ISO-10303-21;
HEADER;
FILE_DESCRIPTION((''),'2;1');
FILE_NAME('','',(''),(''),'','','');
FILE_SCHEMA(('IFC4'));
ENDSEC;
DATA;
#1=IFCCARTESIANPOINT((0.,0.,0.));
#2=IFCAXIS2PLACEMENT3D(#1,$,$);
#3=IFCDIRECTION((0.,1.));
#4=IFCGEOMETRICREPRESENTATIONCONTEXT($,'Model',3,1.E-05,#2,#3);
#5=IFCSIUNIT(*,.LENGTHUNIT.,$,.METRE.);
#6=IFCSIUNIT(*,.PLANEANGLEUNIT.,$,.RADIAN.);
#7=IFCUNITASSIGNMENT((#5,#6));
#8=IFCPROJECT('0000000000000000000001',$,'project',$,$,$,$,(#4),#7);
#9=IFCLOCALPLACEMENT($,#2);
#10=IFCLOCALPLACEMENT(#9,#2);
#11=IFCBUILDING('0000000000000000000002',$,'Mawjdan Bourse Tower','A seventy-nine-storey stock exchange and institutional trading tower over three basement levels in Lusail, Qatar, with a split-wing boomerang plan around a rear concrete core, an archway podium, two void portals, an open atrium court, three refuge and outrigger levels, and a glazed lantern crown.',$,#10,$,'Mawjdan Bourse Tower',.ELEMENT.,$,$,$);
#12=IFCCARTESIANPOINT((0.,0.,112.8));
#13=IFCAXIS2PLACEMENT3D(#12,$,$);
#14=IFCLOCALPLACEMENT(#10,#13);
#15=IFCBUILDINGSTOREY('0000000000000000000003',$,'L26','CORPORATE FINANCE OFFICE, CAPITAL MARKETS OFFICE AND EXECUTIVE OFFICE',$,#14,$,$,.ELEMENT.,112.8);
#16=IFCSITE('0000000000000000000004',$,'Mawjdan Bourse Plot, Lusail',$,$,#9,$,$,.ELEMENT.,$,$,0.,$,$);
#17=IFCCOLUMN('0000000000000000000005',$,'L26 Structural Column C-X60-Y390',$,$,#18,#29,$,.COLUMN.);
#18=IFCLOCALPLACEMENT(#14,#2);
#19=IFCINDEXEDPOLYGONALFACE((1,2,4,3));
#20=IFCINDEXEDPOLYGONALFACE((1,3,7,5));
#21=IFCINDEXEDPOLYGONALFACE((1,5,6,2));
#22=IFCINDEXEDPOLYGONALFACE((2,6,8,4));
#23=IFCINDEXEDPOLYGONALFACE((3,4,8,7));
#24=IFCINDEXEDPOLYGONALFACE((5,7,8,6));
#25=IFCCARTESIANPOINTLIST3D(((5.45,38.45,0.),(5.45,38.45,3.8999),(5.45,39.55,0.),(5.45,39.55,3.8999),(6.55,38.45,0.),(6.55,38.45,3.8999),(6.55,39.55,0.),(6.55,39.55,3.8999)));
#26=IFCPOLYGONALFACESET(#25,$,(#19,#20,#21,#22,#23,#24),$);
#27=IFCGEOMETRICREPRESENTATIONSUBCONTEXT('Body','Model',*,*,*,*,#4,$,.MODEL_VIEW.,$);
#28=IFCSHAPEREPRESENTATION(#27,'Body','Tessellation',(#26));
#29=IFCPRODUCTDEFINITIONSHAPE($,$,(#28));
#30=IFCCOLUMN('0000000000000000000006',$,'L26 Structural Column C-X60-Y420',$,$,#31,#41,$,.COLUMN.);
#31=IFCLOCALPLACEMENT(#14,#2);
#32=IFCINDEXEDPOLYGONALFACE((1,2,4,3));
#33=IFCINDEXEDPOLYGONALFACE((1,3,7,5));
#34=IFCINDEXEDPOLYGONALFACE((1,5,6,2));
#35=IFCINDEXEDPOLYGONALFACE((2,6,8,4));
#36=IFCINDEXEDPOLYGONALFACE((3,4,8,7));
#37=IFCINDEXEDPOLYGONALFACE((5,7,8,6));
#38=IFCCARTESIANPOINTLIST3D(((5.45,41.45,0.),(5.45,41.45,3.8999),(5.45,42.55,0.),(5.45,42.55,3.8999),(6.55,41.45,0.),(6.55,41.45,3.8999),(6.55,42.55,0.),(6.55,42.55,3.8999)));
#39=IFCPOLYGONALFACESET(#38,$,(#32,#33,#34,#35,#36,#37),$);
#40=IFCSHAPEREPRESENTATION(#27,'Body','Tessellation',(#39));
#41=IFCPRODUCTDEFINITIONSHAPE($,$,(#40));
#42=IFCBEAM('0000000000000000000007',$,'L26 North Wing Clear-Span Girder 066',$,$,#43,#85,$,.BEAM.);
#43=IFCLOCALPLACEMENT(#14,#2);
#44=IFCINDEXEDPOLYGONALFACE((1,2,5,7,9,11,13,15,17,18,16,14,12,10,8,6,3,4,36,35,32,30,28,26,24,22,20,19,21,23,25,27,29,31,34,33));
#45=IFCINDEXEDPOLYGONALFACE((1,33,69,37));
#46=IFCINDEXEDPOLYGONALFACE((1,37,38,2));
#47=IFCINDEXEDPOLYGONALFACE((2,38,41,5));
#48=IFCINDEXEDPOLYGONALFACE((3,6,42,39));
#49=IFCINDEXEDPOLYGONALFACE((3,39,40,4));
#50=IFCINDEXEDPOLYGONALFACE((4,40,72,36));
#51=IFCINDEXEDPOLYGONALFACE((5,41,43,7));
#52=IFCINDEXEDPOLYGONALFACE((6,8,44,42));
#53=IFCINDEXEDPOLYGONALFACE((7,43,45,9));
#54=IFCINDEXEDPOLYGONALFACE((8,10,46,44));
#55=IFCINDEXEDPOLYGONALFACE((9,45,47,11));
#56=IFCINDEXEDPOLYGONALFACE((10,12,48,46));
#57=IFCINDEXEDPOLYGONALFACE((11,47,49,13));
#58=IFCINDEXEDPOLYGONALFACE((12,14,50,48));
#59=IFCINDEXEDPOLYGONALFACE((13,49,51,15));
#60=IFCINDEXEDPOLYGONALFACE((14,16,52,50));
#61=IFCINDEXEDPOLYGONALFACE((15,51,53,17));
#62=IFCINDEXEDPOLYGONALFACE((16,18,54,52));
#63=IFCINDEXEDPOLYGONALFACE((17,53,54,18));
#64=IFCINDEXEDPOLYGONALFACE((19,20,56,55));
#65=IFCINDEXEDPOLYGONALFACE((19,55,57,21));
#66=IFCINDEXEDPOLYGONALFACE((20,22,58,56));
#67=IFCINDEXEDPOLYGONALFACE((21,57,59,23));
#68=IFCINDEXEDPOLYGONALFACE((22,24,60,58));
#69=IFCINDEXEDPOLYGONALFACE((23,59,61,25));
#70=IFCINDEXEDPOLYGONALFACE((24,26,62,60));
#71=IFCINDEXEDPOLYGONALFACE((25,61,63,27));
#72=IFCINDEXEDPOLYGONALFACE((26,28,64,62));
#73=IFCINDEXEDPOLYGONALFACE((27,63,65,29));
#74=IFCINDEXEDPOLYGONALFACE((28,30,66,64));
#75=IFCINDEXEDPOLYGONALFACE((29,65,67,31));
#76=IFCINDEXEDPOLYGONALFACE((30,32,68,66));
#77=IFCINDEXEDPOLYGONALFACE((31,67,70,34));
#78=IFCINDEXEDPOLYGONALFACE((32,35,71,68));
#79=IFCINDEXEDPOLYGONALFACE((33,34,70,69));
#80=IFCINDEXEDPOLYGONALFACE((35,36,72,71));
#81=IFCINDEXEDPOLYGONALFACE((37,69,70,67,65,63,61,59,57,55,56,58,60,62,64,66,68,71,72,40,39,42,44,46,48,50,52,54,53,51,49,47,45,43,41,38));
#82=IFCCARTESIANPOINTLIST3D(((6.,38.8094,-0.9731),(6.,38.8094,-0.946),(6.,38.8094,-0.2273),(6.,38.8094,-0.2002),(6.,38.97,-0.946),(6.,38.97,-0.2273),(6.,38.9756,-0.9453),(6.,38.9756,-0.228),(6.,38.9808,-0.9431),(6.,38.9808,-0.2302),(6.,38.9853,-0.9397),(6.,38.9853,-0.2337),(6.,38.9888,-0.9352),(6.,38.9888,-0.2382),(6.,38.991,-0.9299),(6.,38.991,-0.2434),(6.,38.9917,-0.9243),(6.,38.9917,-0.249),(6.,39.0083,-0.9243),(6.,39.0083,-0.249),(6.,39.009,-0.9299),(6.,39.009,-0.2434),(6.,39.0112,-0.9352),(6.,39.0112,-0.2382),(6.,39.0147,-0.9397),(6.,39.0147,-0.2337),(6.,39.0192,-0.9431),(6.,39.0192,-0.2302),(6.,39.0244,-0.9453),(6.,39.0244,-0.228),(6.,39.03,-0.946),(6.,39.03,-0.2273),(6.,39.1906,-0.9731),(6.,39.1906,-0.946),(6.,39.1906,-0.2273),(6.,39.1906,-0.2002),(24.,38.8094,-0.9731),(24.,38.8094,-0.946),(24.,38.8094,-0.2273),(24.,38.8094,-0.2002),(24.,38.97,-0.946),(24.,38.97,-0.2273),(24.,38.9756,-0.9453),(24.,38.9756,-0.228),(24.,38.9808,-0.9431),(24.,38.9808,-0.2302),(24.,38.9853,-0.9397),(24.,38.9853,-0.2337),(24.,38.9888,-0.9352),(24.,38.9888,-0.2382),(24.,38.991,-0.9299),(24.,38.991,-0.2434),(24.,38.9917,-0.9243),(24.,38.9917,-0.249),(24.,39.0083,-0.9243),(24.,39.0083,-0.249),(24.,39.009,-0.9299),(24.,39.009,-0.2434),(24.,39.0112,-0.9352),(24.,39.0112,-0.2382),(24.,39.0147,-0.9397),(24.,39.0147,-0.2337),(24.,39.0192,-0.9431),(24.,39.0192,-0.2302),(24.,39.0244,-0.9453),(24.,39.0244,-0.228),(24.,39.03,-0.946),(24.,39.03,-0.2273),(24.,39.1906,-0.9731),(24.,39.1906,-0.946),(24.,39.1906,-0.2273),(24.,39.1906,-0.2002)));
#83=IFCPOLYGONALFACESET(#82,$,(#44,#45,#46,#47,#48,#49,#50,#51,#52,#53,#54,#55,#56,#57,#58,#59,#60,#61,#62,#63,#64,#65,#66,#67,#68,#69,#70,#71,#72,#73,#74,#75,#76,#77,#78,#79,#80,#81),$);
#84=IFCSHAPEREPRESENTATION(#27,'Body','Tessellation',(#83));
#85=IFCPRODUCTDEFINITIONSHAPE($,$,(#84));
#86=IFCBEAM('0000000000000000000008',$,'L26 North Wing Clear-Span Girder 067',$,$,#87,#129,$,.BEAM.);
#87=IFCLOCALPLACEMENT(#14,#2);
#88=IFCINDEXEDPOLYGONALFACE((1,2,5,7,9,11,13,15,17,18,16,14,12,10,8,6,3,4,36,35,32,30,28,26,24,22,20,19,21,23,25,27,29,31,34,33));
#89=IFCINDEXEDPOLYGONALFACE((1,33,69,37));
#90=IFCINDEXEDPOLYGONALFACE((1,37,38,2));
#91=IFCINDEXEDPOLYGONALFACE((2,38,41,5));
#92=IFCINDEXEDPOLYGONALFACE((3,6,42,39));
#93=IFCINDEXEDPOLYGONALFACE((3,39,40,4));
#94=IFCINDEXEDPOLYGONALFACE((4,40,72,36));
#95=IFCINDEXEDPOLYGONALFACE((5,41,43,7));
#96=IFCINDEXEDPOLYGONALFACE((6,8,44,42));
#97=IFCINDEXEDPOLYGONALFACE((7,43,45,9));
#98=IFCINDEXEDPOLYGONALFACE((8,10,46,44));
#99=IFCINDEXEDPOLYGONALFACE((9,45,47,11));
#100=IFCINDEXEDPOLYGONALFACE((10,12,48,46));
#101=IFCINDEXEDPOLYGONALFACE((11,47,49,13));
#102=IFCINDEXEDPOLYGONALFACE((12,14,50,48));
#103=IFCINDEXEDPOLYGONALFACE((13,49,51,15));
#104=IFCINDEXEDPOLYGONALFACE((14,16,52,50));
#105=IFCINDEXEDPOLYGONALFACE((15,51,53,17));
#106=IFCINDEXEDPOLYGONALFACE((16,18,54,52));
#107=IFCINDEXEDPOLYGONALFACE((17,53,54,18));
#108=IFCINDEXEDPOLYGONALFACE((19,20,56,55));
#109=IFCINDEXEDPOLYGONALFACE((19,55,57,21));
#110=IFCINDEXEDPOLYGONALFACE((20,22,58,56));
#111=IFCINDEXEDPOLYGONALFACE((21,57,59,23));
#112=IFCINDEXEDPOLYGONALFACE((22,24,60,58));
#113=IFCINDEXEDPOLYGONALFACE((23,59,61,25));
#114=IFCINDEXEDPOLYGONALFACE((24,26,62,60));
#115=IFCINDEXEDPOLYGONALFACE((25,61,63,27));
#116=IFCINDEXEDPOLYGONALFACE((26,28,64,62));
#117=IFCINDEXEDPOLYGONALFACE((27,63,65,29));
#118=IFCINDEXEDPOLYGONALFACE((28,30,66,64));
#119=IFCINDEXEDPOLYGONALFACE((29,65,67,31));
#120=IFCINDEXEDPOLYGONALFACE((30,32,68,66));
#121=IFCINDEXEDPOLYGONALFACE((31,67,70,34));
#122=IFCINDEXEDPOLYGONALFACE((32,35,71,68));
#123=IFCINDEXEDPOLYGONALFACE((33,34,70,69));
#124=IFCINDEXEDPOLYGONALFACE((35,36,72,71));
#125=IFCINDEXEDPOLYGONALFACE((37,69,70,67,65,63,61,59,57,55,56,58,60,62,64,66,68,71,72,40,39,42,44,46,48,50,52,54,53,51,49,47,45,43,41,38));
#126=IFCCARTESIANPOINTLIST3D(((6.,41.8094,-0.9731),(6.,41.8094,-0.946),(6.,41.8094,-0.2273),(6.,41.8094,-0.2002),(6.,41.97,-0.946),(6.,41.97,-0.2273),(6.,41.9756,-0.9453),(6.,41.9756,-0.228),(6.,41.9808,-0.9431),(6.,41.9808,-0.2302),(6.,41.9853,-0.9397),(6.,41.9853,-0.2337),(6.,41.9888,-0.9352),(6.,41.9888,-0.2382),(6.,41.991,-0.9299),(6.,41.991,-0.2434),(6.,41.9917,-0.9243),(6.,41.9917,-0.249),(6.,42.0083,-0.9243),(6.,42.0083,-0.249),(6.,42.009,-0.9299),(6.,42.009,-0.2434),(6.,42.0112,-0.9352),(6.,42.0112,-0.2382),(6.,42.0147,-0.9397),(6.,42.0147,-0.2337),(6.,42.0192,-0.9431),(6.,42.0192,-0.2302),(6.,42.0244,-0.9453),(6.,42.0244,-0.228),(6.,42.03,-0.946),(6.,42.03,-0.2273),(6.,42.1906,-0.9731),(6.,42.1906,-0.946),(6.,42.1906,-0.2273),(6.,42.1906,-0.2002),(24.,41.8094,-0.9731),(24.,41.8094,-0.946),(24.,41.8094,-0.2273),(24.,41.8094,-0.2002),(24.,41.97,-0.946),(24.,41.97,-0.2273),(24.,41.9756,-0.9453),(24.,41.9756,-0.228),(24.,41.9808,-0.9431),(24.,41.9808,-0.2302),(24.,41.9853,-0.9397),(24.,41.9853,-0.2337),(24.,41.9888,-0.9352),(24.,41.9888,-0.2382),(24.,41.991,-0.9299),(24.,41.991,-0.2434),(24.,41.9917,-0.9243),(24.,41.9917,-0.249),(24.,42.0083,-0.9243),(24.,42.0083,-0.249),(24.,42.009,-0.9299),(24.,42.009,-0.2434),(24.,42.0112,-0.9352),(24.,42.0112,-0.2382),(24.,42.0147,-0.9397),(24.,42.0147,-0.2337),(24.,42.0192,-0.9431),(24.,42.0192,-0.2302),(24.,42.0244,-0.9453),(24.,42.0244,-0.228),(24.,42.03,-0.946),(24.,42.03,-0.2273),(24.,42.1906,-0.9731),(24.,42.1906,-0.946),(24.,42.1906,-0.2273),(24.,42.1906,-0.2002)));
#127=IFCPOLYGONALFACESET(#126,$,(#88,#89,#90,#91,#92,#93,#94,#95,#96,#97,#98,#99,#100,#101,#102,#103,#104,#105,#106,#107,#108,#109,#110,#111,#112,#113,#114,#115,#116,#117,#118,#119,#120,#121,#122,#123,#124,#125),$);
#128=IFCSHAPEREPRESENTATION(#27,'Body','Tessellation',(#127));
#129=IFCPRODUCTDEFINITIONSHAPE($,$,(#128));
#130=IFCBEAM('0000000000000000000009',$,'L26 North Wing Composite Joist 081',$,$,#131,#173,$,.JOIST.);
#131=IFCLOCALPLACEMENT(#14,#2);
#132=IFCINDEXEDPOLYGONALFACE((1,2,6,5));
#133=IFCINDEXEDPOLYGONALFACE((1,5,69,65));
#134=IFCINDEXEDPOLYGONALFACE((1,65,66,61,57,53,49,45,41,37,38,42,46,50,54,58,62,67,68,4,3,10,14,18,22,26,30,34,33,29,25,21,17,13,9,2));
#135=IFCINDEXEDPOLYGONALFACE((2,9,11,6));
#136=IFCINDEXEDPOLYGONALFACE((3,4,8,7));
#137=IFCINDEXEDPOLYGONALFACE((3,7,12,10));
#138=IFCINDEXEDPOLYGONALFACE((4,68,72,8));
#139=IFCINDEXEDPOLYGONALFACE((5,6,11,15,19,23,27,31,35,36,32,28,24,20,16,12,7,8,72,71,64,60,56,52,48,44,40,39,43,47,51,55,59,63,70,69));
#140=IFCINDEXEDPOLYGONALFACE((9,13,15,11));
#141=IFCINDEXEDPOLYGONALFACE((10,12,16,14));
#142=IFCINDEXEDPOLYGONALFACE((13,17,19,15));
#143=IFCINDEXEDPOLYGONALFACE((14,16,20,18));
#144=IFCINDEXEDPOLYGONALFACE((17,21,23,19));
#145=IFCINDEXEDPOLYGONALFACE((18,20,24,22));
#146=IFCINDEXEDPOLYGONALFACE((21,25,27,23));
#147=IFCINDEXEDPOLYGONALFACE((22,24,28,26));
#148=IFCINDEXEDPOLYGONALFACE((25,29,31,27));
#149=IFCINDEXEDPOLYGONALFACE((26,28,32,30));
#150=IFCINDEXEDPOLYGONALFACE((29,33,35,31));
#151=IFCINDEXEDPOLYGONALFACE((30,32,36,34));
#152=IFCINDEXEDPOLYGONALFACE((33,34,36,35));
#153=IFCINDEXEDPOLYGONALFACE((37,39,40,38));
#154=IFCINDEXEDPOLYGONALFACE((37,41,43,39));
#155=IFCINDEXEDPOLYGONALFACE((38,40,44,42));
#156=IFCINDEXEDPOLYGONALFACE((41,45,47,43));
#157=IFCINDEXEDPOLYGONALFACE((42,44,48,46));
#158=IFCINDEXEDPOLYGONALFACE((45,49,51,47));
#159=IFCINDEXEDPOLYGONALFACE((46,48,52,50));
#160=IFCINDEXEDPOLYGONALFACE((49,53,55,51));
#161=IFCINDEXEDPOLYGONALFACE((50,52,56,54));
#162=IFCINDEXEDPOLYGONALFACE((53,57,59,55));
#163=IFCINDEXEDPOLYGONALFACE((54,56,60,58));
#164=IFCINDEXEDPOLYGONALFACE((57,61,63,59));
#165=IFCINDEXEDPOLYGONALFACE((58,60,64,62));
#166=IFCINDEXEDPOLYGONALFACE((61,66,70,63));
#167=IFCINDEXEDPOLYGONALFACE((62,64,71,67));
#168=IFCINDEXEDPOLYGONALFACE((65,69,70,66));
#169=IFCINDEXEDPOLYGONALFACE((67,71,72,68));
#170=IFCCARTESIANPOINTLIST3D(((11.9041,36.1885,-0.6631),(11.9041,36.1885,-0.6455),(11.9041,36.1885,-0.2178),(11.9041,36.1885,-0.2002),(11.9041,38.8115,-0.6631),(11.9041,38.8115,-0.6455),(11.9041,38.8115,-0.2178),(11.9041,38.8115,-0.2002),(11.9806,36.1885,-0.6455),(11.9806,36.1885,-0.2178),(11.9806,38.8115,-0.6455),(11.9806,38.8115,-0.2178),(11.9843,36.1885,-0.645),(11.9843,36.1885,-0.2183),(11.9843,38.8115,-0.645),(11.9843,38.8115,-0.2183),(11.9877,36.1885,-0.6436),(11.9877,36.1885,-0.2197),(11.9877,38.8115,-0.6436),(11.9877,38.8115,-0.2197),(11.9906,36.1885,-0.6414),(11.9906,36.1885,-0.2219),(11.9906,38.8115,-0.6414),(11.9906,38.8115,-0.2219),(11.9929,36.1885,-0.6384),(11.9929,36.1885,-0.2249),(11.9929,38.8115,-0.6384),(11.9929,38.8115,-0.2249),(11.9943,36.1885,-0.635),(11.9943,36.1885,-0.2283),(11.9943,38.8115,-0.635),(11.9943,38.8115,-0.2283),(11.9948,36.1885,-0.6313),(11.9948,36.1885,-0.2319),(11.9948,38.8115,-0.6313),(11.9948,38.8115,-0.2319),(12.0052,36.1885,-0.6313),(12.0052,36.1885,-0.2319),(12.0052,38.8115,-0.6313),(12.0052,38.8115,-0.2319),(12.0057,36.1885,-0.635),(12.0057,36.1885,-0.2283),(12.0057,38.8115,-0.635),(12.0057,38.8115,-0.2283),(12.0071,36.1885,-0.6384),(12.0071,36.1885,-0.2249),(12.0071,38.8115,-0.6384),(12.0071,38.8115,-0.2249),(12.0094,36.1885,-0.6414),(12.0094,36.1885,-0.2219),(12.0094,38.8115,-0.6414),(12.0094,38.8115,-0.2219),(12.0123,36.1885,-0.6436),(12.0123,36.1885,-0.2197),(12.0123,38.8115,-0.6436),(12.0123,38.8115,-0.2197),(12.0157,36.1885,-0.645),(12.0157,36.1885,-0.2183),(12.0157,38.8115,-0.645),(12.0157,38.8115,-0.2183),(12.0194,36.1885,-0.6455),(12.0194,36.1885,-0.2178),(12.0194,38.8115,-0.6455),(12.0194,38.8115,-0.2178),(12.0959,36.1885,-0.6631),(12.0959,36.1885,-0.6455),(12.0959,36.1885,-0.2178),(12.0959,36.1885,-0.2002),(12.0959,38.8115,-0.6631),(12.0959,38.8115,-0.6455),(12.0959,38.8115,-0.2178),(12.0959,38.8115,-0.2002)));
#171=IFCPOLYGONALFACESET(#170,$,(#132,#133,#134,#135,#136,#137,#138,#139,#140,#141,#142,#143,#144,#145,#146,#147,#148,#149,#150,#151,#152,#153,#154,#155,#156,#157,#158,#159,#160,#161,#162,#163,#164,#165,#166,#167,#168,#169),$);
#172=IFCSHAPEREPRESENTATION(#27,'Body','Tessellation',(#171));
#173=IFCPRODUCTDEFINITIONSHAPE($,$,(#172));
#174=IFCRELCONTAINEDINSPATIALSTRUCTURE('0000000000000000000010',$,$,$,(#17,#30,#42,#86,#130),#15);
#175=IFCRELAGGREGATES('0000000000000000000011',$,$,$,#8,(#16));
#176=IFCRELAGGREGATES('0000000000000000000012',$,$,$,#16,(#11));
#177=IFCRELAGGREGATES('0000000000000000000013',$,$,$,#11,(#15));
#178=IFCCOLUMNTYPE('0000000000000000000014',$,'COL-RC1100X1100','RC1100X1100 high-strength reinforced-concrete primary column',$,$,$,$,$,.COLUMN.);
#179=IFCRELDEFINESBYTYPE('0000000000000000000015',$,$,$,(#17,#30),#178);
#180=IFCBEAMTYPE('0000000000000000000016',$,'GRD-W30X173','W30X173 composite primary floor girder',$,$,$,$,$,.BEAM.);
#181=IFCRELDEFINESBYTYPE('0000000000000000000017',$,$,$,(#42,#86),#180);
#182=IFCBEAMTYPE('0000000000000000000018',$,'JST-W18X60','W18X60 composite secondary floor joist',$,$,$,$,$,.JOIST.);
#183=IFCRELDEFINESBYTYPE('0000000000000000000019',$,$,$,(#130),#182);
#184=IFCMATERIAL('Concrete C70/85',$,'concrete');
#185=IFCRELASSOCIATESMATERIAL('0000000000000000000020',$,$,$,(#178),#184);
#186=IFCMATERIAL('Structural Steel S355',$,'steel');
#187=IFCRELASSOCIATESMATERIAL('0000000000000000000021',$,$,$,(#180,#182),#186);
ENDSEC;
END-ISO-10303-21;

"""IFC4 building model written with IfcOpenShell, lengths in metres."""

from ifc_helpers import new_model, si_unit, direction, frame, origin, origin_2d, place, context, subcontext, project, spatial, rectangle, i_section, extrude, material, material_profile, profile_set, type_object, element, save


model = new_model("IFC4")

# Units and contexts
model_context = context("Model", 3, precision=1e-05, world=origin(), true_north=direction((0.0, 1.0)))
body_context = subcontext(model_context, "Body", "Model", "MODEL_VIEW")
ifc_project = project(units=[si_unit("LENGTHUNIT", "METRE"), si_unit("PLANEANGLEUNIT", "RADIAN")], contexts=[model_context])

# Site, building, storey
site_placement = place(None, origin())
site = spatial("IfcSite", under=ifc_project, at=site_placement, Name="Mawjdan Bourse Plot, Lusail", CompositionType="ELEMENT", RefElevation=0.0)
building_placement = place(site_placement, origin())
building = spatial("IfcBuilding", under=site, at=building_placement, Name="Mawjdan Bourse Tower", Description="A seventy-nine-storey stock exchange and institutional trading tower over three basement levels in Lusail, Qatar, with a split-wing boomerang plan around a rear concrete core, an archway podium, two void portals, an open atrium court, three refuge and outrigger levels, and a glazed lantern crown.", LongName="Mawjdan Bourse Tower", CompositionType="ELEMENT")
storey_placement = place(building_placement, frame((0.0, 0.0, 112.8)))
storey = spatial("IfcBuildingStorey", under=building, at=storey_placement, Name="L26", Description="CORPORATE FINANCE OFFICE, CAPITAL MARKETS OFFICE AND EXECUTIVE OFFICE", CompositionType="ELEMENT", Elevation=112.8)

# Columns
ifc_material_1 = material(Name="Concrete C70/85", Category="concrete")
ifc_material_profile_1 = material_profile(ifc_material_1, rectangle(XDim=1.1001, YDim=1.1001, at=origin_2d()), Name="RC1100X1100")
ifc_profile_set_1 = profile_set([ifc_material_profile_1], Name="Concrete C70/85")
column_type = type_object("IfcColumnType", Name="COL-RC1100X1100", Description="RC1100X1100 high-strength reinforced-concrete primary column", PredefinedType="COLUMN", material=ifc_profile_set_1)
for number, where, z_axis, x_axis, name in (
    (1, (6.0, 39.0, 0.0), (0.0, 0.0, 1.0), (1.0, 0.0, 0.0), "L26 Structural Column C-X60-Y390"),
    (2, (6.0, 42.0, 0.0), (0.0, 0.0, 1.0), (1.0, 0.0, 0.0), "L26 Structural Column C-X60-Y420"),
):
    element("IfcColumn", number, at=place(storey_placement, frame(where, z_axis=z_axis, x_axis=x_axis)), inside=storey, type_object=column_type, Name=name, PredefinedType="COLUMN", context=body_context, shape_type="SweptSolid", body=[
        extrude(rectangle(XDim=1.1001, YDim=1.1001, at=origin_2d()), origin(), (0.0, 0.0, 1.0), 3.8999),
    ])

# Beams
ifc_material_2 = material(Name="Structural Steel S355", Category="steel")
ifc_material_profile_2 = material_profile(ifc_material_2, i_section(OverallWidth=0.3811, OverallDepth=0.7729, WebThickness=0.0166, FlangeThickness=0.0271, FilletRadius=0.0217, at=origin_2d()), Name="W30X173")
ifc_profile_set_2 = profile_set([ifc_material_profile_2], Name="Structural Steel S355")
beam_type_1 = type_object("IfcBeamType", Name="GRD-W30X173", Description="W30X173 composite primary floor girder", PredefinedType="BEAM", material=ifc_profile_set_2)
for number, where, z_axis, x_axis, name in (
    (3, (6.0, 39.0, -0.5867), (1.0, 0.0, 0.0), (0.0, 1.0, 0.0), "L26 North Wing Clear-Span Girder 066"),
    (4, (6.0, 42.0, -0.5867), (1.0, 0.0, 0.0), (0.0, 1.0, 0.0), "L26 North Wing Clear-Span Girder 067"),
):
    element("IfcBeam", number, at=place(storey_placement, frame(where, z_axis=z_axis, x_axis=x_axis)), inside=storey, type_object=beam_type_1, Name=name, PredefinedType="BEAM", context=body_context, shape_type="SweptSolid", body=[
        extrude(i_section(OverallWidth=0.3811, OverallDepth=0.7729, WebThickness=0.0166, FlangeThickness=0.0271, FilletRadius=0.0217, at=origin_2d()), origin(), (0.0, 0.0, 1.0), 18.0),
    ])
ifc_material_profile_3 = material_profile(ifc_material_2, i_section(OverallWidth=0.1919, OverallDepth=0.4629, WebThickness=0.0105, FlangeThickness=0.0176, FilletRadius=0.0142, at=origin_2d()), Name="W18X60")
ifc_profile_set_3 = profile_set([ifc_material_profile_3], Name="Structural Steel S355")
beam_type_2 = type_object("IfcBeamType", Name="JST-W18X60", Description="W18X60 composite secondary floor joist", PredefinedType="JOIST", material=ifc_profile_set_3)
for number, where, z_axis, x_axis, name in (
    (5, (12.0, 36.1885, -0.4316), (0.0, 1.0, 0.0), (-1.0, 0.0, 0.0), "L26 North Wing Composite Joist 081"),
):
    element("IfcBeam", number, at=place(storey_placement, frame(where, z_axis=z_axis, x_axis=x_axis)), inside=storey, type_object=beam_type_2, Name=name, PredefinedType="JOIST", context=body_context, shape_type="SweptSolid", body=[
        extrude(i_section(OverallWidth=0.1919, OverallDepth=0.4629, WebThickness=0.0105, FlangeThickness=0.0176, FilletRadius=0.0142, at=origin_2d()), origin(), (0.0, 0.0, 1.0), 2.623),
    ])

save(model, "model.ifc")
